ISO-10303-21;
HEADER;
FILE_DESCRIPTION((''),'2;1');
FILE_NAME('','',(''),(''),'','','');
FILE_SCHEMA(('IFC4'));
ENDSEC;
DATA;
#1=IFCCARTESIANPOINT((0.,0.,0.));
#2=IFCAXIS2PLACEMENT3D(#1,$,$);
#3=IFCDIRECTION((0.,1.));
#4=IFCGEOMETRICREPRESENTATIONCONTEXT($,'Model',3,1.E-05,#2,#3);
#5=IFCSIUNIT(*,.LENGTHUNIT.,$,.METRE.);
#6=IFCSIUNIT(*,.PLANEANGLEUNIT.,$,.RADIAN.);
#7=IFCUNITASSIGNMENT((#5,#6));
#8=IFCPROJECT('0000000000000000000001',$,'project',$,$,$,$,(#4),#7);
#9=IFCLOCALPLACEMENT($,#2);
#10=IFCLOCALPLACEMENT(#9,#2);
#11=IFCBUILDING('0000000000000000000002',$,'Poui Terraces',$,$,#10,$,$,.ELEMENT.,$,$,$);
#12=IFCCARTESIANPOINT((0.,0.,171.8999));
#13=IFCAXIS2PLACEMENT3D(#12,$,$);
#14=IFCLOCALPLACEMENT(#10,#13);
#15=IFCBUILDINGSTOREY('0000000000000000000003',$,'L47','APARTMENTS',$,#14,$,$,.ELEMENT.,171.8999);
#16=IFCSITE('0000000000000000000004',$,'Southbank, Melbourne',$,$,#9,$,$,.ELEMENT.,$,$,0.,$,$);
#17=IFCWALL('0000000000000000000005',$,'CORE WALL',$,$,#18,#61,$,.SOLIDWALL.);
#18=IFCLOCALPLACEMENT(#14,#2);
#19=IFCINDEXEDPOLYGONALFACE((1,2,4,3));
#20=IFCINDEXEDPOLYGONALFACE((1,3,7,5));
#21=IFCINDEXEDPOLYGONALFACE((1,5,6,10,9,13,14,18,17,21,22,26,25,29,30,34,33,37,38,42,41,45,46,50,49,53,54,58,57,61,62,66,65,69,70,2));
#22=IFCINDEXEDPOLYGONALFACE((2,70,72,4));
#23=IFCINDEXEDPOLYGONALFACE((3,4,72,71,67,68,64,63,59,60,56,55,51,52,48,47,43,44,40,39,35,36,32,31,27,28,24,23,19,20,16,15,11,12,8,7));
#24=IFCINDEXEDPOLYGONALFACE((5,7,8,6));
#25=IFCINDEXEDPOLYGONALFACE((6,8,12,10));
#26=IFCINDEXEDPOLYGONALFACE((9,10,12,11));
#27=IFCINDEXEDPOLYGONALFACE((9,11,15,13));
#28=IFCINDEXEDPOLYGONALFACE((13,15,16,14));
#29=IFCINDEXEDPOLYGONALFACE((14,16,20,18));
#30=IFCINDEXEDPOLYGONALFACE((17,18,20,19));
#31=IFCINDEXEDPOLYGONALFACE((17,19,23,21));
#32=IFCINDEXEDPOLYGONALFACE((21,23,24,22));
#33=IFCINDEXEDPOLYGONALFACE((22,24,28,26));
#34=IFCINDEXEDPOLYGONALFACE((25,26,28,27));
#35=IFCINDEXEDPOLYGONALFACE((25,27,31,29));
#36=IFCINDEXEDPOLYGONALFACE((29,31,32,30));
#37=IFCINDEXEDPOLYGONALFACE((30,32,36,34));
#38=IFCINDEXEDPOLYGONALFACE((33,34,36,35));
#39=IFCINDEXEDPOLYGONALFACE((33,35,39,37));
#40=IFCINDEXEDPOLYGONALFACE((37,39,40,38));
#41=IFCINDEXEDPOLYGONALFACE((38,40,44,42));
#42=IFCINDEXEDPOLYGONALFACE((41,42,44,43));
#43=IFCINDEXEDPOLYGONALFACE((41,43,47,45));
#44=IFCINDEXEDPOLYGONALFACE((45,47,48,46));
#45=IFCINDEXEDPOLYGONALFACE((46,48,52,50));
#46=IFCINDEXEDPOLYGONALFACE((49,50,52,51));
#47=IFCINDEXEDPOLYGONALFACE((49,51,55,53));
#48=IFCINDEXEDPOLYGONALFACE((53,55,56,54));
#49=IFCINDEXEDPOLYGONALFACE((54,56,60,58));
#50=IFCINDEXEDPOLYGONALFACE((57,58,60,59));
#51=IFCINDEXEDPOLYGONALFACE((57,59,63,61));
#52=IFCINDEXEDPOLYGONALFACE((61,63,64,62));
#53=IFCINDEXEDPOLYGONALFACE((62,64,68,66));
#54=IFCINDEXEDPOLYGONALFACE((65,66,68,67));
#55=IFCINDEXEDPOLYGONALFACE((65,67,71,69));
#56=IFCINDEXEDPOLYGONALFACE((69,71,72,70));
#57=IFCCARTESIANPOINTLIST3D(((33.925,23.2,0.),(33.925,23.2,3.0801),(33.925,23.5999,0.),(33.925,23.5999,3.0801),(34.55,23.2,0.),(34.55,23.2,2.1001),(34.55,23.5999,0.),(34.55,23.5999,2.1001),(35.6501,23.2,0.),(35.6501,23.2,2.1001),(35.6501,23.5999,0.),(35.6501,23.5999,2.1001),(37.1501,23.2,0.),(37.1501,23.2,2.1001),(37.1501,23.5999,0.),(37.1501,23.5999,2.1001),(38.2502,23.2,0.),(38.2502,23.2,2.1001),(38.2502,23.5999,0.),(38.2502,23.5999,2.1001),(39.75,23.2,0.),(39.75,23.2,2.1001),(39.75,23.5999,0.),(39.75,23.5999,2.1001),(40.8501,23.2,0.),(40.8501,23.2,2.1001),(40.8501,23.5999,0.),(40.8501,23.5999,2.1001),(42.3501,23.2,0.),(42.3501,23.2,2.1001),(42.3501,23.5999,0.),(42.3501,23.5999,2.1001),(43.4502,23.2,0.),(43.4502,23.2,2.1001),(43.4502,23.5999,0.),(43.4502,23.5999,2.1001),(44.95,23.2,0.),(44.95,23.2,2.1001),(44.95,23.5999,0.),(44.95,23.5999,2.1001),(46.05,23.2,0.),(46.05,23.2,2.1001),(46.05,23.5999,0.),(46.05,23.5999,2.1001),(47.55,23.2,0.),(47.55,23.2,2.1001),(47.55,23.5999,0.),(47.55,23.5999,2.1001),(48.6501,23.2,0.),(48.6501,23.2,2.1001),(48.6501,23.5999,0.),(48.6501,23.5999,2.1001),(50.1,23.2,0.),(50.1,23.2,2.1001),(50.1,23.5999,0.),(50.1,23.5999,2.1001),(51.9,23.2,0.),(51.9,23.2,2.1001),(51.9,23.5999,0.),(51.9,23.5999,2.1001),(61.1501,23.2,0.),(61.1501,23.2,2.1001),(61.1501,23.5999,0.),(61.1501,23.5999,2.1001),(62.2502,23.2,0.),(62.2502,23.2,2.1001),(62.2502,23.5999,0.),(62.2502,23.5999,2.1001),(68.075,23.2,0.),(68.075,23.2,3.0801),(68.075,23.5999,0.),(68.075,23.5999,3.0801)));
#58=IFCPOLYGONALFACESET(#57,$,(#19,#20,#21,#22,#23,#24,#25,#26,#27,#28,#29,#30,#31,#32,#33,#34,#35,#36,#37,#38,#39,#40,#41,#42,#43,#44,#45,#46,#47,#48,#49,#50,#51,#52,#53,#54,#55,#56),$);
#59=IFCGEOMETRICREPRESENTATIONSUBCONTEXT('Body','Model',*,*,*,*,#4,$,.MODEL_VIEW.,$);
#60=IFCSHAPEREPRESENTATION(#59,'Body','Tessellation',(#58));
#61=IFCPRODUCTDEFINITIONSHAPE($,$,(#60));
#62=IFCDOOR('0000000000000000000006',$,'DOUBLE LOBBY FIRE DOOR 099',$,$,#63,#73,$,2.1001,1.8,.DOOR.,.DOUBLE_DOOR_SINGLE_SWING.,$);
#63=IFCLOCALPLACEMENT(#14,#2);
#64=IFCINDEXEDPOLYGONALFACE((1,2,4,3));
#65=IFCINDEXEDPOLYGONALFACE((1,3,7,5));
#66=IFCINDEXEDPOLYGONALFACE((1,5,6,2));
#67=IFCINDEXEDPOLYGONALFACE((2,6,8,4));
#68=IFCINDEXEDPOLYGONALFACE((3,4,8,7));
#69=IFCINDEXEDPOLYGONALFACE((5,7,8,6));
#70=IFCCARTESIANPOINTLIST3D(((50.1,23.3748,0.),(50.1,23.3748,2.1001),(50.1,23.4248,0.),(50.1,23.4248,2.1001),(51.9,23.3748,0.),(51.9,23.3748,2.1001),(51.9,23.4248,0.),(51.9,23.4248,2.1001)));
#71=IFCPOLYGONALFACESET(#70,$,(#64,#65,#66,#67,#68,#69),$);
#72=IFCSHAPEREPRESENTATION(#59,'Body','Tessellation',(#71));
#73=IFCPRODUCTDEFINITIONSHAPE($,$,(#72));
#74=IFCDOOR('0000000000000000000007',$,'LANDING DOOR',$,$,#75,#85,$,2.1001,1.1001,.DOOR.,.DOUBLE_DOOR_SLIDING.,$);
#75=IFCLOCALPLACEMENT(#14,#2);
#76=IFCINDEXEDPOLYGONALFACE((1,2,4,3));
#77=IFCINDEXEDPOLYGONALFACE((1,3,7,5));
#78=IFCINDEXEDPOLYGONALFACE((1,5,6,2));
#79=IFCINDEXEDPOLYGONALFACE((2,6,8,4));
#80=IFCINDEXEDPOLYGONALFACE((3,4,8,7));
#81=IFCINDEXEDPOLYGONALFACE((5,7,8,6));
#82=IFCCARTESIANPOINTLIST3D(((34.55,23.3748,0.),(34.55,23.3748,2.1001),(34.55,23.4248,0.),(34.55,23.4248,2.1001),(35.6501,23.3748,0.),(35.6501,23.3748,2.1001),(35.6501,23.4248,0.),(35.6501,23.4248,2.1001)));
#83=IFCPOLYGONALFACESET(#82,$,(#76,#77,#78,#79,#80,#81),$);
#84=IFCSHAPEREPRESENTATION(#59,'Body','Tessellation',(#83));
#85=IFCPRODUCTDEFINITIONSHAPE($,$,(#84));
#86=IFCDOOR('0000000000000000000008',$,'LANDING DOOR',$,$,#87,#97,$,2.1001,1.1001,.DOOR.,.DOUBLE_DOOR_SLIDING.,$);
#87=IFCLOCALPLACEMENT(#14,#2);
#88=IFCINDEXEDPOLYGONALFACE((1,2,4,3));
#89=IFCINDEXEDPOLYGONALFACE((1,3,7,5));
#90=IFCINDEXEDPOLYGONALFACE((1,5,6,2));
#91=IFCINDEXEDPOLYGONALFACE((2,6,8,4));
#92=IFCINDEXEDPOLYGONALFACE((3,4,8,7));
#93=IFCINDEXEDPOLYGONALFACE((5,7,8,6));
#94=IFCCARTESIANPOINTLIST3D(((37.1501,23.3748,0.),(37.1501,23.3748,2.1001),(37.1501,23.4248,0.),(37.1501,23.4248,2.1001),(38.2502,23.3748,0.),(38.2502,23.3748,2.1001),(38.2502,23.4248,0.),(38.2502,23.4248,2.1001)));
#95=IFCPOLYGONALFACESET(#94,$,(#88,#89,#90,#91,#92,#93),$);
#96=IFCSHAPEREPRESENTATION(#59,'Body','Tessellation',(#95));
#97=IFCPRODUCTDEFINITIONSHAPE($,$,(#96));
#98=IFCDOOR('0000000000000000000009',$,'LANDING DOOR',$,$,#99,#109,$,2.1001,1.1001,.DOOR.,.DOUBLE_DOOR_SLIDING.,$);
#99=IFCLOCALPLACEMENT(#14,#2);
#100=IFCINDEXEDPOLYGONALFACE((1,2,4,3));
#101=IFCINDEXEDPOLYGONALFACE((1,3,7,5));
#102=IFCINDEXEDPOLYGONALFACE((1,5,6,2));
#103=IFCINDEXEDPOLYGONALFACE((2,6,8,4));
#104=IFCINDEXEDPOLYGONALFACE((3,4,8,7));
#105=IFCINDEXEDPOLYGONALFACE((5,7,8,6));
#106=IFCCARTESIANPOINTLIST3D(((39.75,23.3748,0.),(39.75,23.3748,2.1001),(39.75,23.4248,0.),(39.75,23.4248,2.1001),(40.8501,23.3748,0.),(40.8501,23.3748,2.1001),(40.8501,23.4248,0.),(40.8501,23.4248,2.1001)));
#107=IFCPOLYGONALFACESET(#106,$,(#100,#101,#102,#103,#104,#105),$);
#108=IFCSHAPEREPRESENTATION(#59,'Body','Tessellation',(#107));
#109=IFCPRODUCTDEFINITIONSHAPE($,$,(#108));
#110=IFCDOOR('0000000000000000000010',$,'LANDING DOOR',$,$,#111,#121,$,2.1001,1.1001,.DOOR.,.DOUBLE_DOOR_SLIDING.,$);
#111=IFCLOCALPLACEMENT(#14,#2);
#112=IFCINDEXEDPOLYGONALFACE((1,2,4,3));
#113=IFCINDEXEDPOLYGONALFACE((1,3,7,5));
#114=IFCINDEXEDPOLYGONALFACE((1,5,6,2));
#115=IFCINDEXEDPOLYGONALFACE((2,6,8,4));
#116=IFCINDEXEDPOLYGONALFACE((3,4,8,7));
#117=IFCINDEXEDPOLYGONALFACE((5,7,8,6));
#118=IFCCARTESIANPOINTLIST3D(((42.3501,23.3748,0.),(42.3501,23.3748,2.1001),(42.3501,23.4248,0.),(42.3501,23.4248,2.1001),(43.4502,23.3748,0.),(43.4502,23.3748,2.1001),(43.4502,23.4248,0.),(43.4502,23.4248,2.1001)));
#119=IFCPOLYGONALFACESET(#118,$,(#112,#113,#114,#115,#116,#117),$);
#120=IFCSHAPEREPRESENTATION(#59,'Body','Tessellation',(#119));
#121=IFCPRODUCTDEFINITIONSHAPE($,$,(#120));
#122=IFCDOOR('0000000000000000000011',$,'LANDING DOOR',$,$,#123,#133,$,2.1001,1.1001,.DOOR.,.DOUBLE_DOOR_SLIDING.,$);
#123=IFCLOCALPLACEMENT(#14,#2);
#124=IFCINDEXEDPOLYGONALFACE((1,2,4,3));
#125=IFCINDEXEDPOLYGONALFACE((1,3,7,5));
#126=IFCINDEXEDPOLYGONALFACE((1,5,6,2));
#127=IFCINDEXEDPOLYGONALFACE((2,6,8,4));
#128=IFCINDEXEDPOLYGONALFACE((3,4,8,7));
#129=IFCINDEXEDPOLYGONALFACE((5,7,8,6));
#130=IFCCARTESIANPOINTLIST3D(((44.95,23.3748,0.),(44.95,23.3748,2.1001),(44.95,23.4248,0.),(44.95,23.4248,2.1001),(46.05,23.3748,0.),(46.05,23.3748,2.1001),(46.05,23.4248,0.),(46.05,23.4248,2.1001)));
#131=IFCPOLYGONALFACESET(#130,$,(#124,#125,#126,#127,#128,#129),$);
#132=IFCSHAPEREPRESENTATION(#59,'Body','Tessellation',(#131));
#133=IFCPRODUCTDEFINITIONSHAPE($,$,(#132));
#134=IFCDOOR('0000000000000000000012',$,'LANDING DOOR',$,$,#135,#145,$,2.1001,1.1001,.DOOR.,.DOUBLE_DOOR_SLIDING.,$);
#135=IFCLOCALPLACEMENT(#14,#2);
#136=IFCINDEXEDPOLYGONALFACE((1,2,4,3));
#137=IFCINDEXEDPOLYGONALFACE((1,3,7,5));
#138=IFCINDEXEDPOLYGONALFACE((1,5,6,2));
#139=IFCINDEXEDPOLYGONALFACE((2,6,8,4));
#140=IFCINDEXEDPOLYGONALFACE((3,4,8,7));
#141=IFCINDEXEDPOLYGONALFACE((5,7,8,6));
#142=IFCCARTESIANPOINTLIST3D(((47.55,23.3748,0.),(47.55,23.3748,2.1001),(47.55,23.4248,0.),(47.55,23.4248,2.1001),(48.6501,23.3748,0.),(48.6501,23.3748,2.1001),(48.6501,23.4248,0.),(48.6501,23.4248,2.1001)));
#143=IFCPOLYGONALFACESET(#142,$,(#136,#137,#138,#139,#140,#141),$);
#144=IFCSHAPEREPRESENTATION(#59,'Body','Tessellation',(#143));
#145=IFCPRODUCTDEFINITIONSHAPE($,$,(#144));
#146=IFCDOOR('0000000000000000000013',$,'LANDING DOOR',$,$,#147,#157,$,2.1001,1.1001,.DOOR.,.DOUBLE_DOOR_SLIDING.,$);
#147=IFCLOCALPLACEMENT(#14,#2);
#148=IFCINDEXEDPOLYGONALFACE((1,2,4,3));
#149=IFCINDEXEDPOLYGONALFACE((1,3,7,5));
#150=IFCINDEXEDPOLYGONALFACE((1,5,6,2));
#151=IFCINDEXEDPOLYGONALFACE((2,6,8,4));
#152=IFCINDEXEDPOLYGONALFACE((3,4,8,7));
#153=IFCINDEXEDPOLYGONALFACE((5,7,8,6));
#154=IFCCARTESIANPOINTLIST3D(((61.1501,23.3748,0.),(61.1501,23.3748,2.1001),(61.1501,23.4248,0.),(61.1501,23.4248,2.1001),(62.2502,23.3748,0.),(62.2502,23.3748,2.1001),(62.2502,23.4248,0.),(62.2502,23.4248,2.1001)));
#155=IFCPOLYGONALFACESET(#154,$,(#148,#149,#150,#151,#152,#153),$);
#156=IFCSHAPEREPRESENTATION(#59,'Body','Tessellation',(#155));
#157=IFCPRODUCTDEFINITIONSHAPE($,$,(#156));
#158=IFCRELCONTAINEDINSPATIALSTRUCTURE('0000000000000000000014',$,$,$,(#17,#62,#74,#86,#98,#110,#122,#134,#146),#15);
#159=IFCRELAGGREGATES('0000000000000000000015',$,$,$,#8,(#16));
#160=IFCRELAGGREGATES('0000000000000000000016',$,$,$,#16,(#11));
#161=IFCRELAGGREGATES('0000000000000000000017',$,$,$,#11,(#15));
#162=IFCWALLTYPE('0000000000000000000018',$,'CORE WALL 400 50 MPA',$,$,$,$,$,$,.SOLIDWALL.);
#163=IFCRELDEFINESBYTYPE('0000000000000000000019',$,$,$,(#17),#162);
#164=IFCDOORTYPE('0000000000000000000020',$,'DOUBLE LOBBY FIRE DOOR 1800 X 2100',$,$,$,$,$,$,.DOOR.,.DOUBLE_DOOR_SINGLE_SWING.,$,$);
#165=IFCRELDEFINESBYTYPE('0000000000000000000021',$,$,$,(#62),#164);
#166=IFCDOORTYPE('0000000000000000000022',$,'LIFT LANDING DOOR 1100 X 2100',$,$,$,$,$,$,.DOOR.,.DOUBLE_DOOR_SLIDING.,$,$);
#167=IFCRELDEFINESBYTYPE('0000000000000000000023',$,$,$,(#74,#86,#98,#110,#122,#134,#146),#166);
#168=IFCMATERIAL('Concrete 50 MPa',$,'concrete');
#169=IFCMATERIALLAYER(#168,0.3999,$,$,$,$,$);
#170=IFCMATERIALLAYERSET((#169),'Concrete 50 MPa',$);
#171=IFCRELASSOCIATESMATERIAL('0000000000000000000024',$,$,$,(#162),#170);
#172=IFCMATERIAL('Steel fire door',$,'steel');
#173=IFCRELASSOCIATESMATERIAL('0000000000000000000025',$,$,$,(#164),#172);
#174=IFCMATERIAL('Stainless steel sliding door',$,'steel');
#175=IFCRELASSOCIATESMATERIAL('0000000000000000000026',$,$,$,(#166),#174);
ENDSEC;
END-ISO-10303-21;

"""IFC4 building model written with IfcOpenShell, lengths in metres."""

from ifc_helpers import new_model, si_unit, direction, frame, frame_2d, origin, place, context, subcontext, project, spatial, rectangle, extrude, material, layer, layer_set, type_object, element, fill, save


model = new_model("IFC4")

# Units and contexts
model_context = context("Model", 3, precision=1e-05, world=origin(), true_north=direction((0.0, 1.0)))
body_context = subcontext(model_context, "Body", "Model", "MODEL_VIEW")
ifc_project = project(units=[si_unit("LENGTHUNIT", "METRE"), si_unit("PLANEANGLEUNIT", "RADIAN")], contexts=[model_context])

# Site, building, storey
site_placement = place(None, origin())
site = spatial("IfcSite", under=ifc_project, at=site_placement, Name="Southbank, Melbourne", CompositionType="ELEMENT", RefElevation=0.0)
building_placement = place(site_placement, origin())
building = spatial("IfcBuilding", under=site, at=building_placement, Name="Poui Terraces", CompositionType="ELEMENT")
storey_placement = place(building_placement, frame((0.0, 0.0, 171.8999)))
storey = spatial("IfcBuildingStorey", under=building, at=storey_placement, Name="L47", Description="APARTMENTS", CompositionType="ELEMENT", Elevation=171.8999)

# Shared definitions
ifc_material_1 = material(Name="Concrete 50 MPa", Category="concrete")

# Wall, openings, doors
ifc_layer_1 = layer(ifc_material_1, 0.3999)
ifc_layer_set_1 = layer_set([ifc_layer_1], Name="Concrete 50 MPa")
wall_type_1 = type_object("IfcWallType", Name="CORE WALL 400 50 MPA", PredefinedType="SOLIDWALL", material=ifc_layer_set_1)
wall_1_placement = place(storey_placement, frame((33.925, 23.3999, 0.0), z_axis=(0.0, 0.0, 1.0), x_axis=(1.0, 0.0, 0.0)))
wall_1 = element("IfcWall", 1, at=wall_1_placement, inside=storey, type_object=wall_type_1, Name="CORE WALL", PredefinedType="SOLIDWALL", context=body_context, shape_type="SweptSolid", body=[
    extrude(rectangle(XDim=34.1499, YDim=0.3999, at=frame_2d((17.075, 0.0))), origin(), (0.0, 0.0, 1.0), 3.0801),
])
opening_1_placement = place(wall_1_placement, frame((16.175, 0.0, 0.0)))
opening_1 = element("IfcOpeningElement", 2, at=opening_1_placement, cuts=wall_1, PredefinedType="OPENING", context=body_context, shape_type="SweptSolid", body=[
    extrude(rectangle(XDim=1.8, YDim=2.1001, at=frame_2d((0.8999, 1.05))), frame((0.0, 0.21, 0.0), z_axis=(0.0, -1.0, 0.0), x_axis=(1.0, 0.0, 0.0)), (0.0, 0.0, 1.0), 0.4199),
])
opening_2_placement = place(wall_1_placement, frame((0.625, 0.0, 0.0)))
opening_2 = element("IfcOpeningElement", 3, at=opening_2_placement, cuts=wall_1, PredefinedType="OPENING", context=body_context, shape_type="SweptSolid", body=[
    extrude(rectangle(XDim=1.1001, YDim=2.1001, at=frame_2d((0.55, 1.05))), frame((0.0, 0.21, 0.0), z_axis=(0.0, -1.0, 0.0), x_axis=(1.0, 0.0, 0.0)), (0.0, 0.0, 1.0), 0.4199),
])
opening_3_placement = place(wall_1_placement, frame((3.2251, 0.0, 0.0)))
opening_3 = element("IfcOpeningElement", 4, at=opening_3_placement, cuts=wall_1, PredefinedType="OPENING", context=body_context, shape_type="SweptSolid", body=[
    extrude(rectangle(XDim=1.1001, YDim=2.1001, at=frame_2d((0.55, 1.05))), frame((0.0, 0.21, 0.0), z_axis=(0.0, -1.0, 0.0), x_axis=(1.0, 0.0, 0.0)), (0.0, 0.0, 1.0), 0.4199),
])
opening_4_placement = place(wall_1_placement, frame((5.825, 0.0, 0.0)))
opening_4 = element("IfcOpeningElement", 5, at=opening_4_placement, cuts=wall_1, PredefinedType="OPENING", context=body_context, shape_type="SweptSolid", body=[
    extrude(rectangle(XDim=1.1001, YDim=2.1001, at=frame_2d((0.55, 1.05))), frame((0.0, 0.21, 0.0), z_axis=(0.0, -1.0, 0.0), x_axis=(1.0, 0.0, 0.0)), (0.0, 0.0, 1.0), 0.4199),
])
opening_5_placement = place(wall_1_placement, frame((8.425, 0.0, 0.0)))
opening_5 = element("IfcOpeningElement", 6, at=opening_5_placement, cuts=wall_1, PredefinedType="OPENING", context=body_context, shape_type="SweptSolid", body=[
    extrude(rectangle(XDim=1.1001, YDim=2.1001, at=frame_2d((0.55, 1.05))), frame((0.0, 0.21, 0.0), z_axis=(0.0, -1.0, 0.0), x_axis=(1.0, 0.0, 0.0)), (0.0, 0.0, 1.0), 0.4199),
])
opening_6_placement = place(wall_1_placement, frame((11.0249, 0.0, 0.0)))
opening_6 = element("IfcOpeningElement", 7, at=opening_6_placement, cuts=wall_1, PredefinedType="OPENING", context=body_context, shape_type="SweptSolid", body=[
    extrude(rectangle(XDim=1.1001, YDim=2.1001, at=frame_2d((0.55, 1.05))), frame((0.0, 0.21, 0.0), z_axis=(0.0, -1.0, 0.0), x_axis=(1.0, 0.0, 0.0)), (0.0, 0.0, 1.0), 0.4199),
])
opening_7_placement = place(wall_1_placement, frame((13.625, 0.0, 0.0)))
opening_7 = element("IfcOpeningElement", 8, at=opening_7_placement, cuts=wall_1, PredefinedType="OPENING", context=body_context, shape_type="SweptSolid", body=[
    extrude(rectangle(XDim=1.1001, YDim=2.1001, at=frame_2d((0.55, 1.05))), frame((0.0, 0.21, 0.0), z_axis=(0.0, -1.0, 0.0), x_axis=(1.0, 0.0, 0.0)), (0.0, 0.0, 1.0), 0.4199),
])
opening_8_placement = place(wall_1_placement, frame((27.2251, 0.0, 0.0)))
opening_8 = element("IfcOpeningElement", 9, at=opening_8_placement, cuts=wall_1, PredefinedType="OPENING", context=body_context, shape_type="SweptSolid", body=[
    extrude(rectangle(XDim=1.1001, YDim=2.1001, at=frame_2d((0.55, 1.05))), frame((0.0, 0.21, 0.0), z_axis=(0.0, -1.0, 0.0), x_axis=(1.0, 0.0, 0.0)), (0.0, 0.0, 1.0), 0.4199),
])
ifc_material_2 = material(Name="Steel fire door", Category="steel")
door_type_1 = type_object("IfcDoorType", Name="DOUBLE LOBBY FIRE DOOR 1800 X 2100", OperationType="DOUBLE_DOOR_SINGLE_SWING", PredefinedType="DOOR", material=ifc_material_2)
door_1_placement = place(opening_1_placement, origin())
door_1 = element("IfcDoor", 10, at=door_1_placement, inside=storey, type_object=door_type_1, Name="DOUBLE LOBBY FIRE DOOR 099", OperationType="DOUBLE_DOOR_SINGLE_SWING", OverallHeight=2.1001, OverallWidth=1.8, PredefinedType="DOOR", context=body_context, shape_type="SweptSolid", body=[
    extrude(rectangle(XDim=1.8, YDim=2.1001, at=frame_2d((0.8999, 1.05))), frame((0.0, 0.0249, 0.0), z_axis=(0.0, -1.0, 0.0), x_axis=(1.0, 0.0, 0.0)), (0.0, 0.0, 1.0), 0.05),
])
fill(opening_1, door_1)
ifc_material_3 = material(Name="Stainless steel sliding door", Category="steel")
door_type_2 = type_object("IfcDoorType", Name="LIFT LANDING DOOR 1100 X 2100", OperationType="DOUBLE_DOOR_SLIDING", PredefinedType="DOOR", material=ifc_material_3)
door_2_placement = place(opening_2_placement, origin())
door_2 = element("IfcDoor", 11, at=door_2_placement, inside=storey, type_object=door_type_2, Name="LANDING DOOR", OperationType="DOUBLE_DOOR_SLIDING", OverallHeight=2.1001, OverallWidth=1.1001, PredefinedType="DOOR", context=body_context, shape_type="SweptSolid", body=[
    extrude(rectangle(XDim=1.1001, YDim=2.1001, at=frame_2d((0.55, 1.05))), frame((0.0, 0.0249, 0.0), z_axis=(0.0, -1.0, 0.0), x_axis=(1.0, 0.0, 0.0)), (0.0, 0.0, 1.0), 0.05),
])
fill(opening_2, door_2)
door_3_placement = place(opening_3_placement, origin())
door_3 = element("IfcDoor", 12, at=door_3_placement, inside=storey, type_object=door_type_2, Name="LANDING DOOR", OperationType="DOUBLE_DOOR_SLIDING", OverallHeight=2.1001, OverallWidth=1.1001, PredefinedType="DOOR", context=body_context, shape_type="SweptSolid", body=[
    extrude(rectangle(XDim=1.1001, YDim=2.1001, at=frame_2d((0.55, 1.05))), frame((0.0, 0.0249, 0.0), z_axis=(0.0, -1.0, 0.0), x_axis=(1.0, 0.0, 0.0)), (0.0, 0.0, 1.0), 0.05),
])
fill(opening_3, door_3)
door_4_placement = place(opening_4_placement, origin())
door_4 = element("IfcDoor", 13, at=door_4_placement, inside=storey, type_object=door_type_2, Name="LANDING DOOR", OperationType="DOUBLE_DOOR_SLIDING", OverallHeight=2.1001, OverallWidth=1.1001, PredefinedType="DOOR", context=body_context, shape_type="SweptSolid", body=[
    extrude(rectangle(XDim=1.1001, YDim=2.1001, at=frame_2d((0.55, 1.05))), frame((0.0, 0.0249, 0.0), z_axis=(0.0, -1.0, 0.0), x_axis=(1.0, 0.0, 0.0)), (0.0, 0.0, 1.0), 0.05),
])
fill(opening_4, door_4)
door_5_placement = place(opening_5_placement, origin())
door_5 = element("IfcDoor", 14, at=door_5_placement, inside=storey, type_object=door_type_2, Name="LANDING DOOR", OperationType="DOUBLE_DOOR_SLIDING", OverallHeight=2.1001, OverallWidth=1.1001, PredefinedType="DOOR", context=body_context, shape_type="SweptSolid", body=[
    extrude(rectangle(XDim=1.1001, YDim=2.1001, at=frame_2d((0.55, 1.05))), frame((0.0, 0.0249, 0.0), z_axis=(0.0, -1.0, 0.0), x_axis=(1.0, 0.0, 0.0)), (0.0, 0.0, 1.0), 0.05),
])
fill(opening_5, door_5)
door_6_placement = place(opening_6_placement, origin())
door_6 = element("IfcDoor", 15, at=door_6_placement, inside=storey, type_object=door_type_2, Name="LANDING DOOR", OperationType="DOUBLE_DOOR_SLIDING", OverallHeight=2.1001, OverallWidth=1.1001, PredefinedType="DOOR", context=body_context, shape_type="SweptSolid", body=[
    extrude(rectangle(XDim=1.1001, YDim=2.1001, at=frame_2d((0.55, 1.05))), frame((0.0, 0.0249, 0.0), z_axis=(0.0, -1.0, 0.0), x_axis=(1.0, 0.0, 0.0)), (0.0, 0.0, 1.0), 0.05),
])
fill(opening_6, door_6)
door_7_placement = place(opening_7_placement, origin())
door_7 = element("IfcDoor", 16, at=door_7_placement, inside=storey, type_object=door_type_2, Name="LANDING DOOR", OperationType="DOUBLE_DOOR_SLIDING", OverallHeight=2.1001, OverallWidth=1.1001, PredefinedType="DOOR", context=body_context, shape_type="SweptSolid", body=[
    extrude(rectangle(XDim=1.1001, YDim=2.1001, at=frame_2d((0.55, 1.05))), frame((0.0, 0.0249, 0.0), z_axis=(0.0, -1.0, 0.0), x_axis=(1.0, 0.0, 0.0)), (0.0, 0.0, 1.0), 0.05),
])
fill(opening_7, door_7)
door_8_placement = place(opening_8_placement, origin())
door_8 = element("IfcDoor", 17, at=door_8_placement, inside=storey, type_object=door_type_2, Name="LANDING DOOR", OperationType="DOUBLE_DOOR_SLIDING", OverallHeight=2.1001, OverallWidth=1.1001, PredefinedType="DOOR", context=body_context, shape_type="SweptSolid", body=[
    extrude(rectangle(XDim=1.1001, YDim=2.1001, at=frame_2d((0.55, 1.05))), frame((0.0, 0.0249, 0.0), z_axis=(0.0, -1.0, 0.0), x_axis=(1.0, 0.0, 0.0)), (0.0, 0.0, 1.0), 0.05),
])
fill(opening_8, door_8)

save(model, "model.ifc")
